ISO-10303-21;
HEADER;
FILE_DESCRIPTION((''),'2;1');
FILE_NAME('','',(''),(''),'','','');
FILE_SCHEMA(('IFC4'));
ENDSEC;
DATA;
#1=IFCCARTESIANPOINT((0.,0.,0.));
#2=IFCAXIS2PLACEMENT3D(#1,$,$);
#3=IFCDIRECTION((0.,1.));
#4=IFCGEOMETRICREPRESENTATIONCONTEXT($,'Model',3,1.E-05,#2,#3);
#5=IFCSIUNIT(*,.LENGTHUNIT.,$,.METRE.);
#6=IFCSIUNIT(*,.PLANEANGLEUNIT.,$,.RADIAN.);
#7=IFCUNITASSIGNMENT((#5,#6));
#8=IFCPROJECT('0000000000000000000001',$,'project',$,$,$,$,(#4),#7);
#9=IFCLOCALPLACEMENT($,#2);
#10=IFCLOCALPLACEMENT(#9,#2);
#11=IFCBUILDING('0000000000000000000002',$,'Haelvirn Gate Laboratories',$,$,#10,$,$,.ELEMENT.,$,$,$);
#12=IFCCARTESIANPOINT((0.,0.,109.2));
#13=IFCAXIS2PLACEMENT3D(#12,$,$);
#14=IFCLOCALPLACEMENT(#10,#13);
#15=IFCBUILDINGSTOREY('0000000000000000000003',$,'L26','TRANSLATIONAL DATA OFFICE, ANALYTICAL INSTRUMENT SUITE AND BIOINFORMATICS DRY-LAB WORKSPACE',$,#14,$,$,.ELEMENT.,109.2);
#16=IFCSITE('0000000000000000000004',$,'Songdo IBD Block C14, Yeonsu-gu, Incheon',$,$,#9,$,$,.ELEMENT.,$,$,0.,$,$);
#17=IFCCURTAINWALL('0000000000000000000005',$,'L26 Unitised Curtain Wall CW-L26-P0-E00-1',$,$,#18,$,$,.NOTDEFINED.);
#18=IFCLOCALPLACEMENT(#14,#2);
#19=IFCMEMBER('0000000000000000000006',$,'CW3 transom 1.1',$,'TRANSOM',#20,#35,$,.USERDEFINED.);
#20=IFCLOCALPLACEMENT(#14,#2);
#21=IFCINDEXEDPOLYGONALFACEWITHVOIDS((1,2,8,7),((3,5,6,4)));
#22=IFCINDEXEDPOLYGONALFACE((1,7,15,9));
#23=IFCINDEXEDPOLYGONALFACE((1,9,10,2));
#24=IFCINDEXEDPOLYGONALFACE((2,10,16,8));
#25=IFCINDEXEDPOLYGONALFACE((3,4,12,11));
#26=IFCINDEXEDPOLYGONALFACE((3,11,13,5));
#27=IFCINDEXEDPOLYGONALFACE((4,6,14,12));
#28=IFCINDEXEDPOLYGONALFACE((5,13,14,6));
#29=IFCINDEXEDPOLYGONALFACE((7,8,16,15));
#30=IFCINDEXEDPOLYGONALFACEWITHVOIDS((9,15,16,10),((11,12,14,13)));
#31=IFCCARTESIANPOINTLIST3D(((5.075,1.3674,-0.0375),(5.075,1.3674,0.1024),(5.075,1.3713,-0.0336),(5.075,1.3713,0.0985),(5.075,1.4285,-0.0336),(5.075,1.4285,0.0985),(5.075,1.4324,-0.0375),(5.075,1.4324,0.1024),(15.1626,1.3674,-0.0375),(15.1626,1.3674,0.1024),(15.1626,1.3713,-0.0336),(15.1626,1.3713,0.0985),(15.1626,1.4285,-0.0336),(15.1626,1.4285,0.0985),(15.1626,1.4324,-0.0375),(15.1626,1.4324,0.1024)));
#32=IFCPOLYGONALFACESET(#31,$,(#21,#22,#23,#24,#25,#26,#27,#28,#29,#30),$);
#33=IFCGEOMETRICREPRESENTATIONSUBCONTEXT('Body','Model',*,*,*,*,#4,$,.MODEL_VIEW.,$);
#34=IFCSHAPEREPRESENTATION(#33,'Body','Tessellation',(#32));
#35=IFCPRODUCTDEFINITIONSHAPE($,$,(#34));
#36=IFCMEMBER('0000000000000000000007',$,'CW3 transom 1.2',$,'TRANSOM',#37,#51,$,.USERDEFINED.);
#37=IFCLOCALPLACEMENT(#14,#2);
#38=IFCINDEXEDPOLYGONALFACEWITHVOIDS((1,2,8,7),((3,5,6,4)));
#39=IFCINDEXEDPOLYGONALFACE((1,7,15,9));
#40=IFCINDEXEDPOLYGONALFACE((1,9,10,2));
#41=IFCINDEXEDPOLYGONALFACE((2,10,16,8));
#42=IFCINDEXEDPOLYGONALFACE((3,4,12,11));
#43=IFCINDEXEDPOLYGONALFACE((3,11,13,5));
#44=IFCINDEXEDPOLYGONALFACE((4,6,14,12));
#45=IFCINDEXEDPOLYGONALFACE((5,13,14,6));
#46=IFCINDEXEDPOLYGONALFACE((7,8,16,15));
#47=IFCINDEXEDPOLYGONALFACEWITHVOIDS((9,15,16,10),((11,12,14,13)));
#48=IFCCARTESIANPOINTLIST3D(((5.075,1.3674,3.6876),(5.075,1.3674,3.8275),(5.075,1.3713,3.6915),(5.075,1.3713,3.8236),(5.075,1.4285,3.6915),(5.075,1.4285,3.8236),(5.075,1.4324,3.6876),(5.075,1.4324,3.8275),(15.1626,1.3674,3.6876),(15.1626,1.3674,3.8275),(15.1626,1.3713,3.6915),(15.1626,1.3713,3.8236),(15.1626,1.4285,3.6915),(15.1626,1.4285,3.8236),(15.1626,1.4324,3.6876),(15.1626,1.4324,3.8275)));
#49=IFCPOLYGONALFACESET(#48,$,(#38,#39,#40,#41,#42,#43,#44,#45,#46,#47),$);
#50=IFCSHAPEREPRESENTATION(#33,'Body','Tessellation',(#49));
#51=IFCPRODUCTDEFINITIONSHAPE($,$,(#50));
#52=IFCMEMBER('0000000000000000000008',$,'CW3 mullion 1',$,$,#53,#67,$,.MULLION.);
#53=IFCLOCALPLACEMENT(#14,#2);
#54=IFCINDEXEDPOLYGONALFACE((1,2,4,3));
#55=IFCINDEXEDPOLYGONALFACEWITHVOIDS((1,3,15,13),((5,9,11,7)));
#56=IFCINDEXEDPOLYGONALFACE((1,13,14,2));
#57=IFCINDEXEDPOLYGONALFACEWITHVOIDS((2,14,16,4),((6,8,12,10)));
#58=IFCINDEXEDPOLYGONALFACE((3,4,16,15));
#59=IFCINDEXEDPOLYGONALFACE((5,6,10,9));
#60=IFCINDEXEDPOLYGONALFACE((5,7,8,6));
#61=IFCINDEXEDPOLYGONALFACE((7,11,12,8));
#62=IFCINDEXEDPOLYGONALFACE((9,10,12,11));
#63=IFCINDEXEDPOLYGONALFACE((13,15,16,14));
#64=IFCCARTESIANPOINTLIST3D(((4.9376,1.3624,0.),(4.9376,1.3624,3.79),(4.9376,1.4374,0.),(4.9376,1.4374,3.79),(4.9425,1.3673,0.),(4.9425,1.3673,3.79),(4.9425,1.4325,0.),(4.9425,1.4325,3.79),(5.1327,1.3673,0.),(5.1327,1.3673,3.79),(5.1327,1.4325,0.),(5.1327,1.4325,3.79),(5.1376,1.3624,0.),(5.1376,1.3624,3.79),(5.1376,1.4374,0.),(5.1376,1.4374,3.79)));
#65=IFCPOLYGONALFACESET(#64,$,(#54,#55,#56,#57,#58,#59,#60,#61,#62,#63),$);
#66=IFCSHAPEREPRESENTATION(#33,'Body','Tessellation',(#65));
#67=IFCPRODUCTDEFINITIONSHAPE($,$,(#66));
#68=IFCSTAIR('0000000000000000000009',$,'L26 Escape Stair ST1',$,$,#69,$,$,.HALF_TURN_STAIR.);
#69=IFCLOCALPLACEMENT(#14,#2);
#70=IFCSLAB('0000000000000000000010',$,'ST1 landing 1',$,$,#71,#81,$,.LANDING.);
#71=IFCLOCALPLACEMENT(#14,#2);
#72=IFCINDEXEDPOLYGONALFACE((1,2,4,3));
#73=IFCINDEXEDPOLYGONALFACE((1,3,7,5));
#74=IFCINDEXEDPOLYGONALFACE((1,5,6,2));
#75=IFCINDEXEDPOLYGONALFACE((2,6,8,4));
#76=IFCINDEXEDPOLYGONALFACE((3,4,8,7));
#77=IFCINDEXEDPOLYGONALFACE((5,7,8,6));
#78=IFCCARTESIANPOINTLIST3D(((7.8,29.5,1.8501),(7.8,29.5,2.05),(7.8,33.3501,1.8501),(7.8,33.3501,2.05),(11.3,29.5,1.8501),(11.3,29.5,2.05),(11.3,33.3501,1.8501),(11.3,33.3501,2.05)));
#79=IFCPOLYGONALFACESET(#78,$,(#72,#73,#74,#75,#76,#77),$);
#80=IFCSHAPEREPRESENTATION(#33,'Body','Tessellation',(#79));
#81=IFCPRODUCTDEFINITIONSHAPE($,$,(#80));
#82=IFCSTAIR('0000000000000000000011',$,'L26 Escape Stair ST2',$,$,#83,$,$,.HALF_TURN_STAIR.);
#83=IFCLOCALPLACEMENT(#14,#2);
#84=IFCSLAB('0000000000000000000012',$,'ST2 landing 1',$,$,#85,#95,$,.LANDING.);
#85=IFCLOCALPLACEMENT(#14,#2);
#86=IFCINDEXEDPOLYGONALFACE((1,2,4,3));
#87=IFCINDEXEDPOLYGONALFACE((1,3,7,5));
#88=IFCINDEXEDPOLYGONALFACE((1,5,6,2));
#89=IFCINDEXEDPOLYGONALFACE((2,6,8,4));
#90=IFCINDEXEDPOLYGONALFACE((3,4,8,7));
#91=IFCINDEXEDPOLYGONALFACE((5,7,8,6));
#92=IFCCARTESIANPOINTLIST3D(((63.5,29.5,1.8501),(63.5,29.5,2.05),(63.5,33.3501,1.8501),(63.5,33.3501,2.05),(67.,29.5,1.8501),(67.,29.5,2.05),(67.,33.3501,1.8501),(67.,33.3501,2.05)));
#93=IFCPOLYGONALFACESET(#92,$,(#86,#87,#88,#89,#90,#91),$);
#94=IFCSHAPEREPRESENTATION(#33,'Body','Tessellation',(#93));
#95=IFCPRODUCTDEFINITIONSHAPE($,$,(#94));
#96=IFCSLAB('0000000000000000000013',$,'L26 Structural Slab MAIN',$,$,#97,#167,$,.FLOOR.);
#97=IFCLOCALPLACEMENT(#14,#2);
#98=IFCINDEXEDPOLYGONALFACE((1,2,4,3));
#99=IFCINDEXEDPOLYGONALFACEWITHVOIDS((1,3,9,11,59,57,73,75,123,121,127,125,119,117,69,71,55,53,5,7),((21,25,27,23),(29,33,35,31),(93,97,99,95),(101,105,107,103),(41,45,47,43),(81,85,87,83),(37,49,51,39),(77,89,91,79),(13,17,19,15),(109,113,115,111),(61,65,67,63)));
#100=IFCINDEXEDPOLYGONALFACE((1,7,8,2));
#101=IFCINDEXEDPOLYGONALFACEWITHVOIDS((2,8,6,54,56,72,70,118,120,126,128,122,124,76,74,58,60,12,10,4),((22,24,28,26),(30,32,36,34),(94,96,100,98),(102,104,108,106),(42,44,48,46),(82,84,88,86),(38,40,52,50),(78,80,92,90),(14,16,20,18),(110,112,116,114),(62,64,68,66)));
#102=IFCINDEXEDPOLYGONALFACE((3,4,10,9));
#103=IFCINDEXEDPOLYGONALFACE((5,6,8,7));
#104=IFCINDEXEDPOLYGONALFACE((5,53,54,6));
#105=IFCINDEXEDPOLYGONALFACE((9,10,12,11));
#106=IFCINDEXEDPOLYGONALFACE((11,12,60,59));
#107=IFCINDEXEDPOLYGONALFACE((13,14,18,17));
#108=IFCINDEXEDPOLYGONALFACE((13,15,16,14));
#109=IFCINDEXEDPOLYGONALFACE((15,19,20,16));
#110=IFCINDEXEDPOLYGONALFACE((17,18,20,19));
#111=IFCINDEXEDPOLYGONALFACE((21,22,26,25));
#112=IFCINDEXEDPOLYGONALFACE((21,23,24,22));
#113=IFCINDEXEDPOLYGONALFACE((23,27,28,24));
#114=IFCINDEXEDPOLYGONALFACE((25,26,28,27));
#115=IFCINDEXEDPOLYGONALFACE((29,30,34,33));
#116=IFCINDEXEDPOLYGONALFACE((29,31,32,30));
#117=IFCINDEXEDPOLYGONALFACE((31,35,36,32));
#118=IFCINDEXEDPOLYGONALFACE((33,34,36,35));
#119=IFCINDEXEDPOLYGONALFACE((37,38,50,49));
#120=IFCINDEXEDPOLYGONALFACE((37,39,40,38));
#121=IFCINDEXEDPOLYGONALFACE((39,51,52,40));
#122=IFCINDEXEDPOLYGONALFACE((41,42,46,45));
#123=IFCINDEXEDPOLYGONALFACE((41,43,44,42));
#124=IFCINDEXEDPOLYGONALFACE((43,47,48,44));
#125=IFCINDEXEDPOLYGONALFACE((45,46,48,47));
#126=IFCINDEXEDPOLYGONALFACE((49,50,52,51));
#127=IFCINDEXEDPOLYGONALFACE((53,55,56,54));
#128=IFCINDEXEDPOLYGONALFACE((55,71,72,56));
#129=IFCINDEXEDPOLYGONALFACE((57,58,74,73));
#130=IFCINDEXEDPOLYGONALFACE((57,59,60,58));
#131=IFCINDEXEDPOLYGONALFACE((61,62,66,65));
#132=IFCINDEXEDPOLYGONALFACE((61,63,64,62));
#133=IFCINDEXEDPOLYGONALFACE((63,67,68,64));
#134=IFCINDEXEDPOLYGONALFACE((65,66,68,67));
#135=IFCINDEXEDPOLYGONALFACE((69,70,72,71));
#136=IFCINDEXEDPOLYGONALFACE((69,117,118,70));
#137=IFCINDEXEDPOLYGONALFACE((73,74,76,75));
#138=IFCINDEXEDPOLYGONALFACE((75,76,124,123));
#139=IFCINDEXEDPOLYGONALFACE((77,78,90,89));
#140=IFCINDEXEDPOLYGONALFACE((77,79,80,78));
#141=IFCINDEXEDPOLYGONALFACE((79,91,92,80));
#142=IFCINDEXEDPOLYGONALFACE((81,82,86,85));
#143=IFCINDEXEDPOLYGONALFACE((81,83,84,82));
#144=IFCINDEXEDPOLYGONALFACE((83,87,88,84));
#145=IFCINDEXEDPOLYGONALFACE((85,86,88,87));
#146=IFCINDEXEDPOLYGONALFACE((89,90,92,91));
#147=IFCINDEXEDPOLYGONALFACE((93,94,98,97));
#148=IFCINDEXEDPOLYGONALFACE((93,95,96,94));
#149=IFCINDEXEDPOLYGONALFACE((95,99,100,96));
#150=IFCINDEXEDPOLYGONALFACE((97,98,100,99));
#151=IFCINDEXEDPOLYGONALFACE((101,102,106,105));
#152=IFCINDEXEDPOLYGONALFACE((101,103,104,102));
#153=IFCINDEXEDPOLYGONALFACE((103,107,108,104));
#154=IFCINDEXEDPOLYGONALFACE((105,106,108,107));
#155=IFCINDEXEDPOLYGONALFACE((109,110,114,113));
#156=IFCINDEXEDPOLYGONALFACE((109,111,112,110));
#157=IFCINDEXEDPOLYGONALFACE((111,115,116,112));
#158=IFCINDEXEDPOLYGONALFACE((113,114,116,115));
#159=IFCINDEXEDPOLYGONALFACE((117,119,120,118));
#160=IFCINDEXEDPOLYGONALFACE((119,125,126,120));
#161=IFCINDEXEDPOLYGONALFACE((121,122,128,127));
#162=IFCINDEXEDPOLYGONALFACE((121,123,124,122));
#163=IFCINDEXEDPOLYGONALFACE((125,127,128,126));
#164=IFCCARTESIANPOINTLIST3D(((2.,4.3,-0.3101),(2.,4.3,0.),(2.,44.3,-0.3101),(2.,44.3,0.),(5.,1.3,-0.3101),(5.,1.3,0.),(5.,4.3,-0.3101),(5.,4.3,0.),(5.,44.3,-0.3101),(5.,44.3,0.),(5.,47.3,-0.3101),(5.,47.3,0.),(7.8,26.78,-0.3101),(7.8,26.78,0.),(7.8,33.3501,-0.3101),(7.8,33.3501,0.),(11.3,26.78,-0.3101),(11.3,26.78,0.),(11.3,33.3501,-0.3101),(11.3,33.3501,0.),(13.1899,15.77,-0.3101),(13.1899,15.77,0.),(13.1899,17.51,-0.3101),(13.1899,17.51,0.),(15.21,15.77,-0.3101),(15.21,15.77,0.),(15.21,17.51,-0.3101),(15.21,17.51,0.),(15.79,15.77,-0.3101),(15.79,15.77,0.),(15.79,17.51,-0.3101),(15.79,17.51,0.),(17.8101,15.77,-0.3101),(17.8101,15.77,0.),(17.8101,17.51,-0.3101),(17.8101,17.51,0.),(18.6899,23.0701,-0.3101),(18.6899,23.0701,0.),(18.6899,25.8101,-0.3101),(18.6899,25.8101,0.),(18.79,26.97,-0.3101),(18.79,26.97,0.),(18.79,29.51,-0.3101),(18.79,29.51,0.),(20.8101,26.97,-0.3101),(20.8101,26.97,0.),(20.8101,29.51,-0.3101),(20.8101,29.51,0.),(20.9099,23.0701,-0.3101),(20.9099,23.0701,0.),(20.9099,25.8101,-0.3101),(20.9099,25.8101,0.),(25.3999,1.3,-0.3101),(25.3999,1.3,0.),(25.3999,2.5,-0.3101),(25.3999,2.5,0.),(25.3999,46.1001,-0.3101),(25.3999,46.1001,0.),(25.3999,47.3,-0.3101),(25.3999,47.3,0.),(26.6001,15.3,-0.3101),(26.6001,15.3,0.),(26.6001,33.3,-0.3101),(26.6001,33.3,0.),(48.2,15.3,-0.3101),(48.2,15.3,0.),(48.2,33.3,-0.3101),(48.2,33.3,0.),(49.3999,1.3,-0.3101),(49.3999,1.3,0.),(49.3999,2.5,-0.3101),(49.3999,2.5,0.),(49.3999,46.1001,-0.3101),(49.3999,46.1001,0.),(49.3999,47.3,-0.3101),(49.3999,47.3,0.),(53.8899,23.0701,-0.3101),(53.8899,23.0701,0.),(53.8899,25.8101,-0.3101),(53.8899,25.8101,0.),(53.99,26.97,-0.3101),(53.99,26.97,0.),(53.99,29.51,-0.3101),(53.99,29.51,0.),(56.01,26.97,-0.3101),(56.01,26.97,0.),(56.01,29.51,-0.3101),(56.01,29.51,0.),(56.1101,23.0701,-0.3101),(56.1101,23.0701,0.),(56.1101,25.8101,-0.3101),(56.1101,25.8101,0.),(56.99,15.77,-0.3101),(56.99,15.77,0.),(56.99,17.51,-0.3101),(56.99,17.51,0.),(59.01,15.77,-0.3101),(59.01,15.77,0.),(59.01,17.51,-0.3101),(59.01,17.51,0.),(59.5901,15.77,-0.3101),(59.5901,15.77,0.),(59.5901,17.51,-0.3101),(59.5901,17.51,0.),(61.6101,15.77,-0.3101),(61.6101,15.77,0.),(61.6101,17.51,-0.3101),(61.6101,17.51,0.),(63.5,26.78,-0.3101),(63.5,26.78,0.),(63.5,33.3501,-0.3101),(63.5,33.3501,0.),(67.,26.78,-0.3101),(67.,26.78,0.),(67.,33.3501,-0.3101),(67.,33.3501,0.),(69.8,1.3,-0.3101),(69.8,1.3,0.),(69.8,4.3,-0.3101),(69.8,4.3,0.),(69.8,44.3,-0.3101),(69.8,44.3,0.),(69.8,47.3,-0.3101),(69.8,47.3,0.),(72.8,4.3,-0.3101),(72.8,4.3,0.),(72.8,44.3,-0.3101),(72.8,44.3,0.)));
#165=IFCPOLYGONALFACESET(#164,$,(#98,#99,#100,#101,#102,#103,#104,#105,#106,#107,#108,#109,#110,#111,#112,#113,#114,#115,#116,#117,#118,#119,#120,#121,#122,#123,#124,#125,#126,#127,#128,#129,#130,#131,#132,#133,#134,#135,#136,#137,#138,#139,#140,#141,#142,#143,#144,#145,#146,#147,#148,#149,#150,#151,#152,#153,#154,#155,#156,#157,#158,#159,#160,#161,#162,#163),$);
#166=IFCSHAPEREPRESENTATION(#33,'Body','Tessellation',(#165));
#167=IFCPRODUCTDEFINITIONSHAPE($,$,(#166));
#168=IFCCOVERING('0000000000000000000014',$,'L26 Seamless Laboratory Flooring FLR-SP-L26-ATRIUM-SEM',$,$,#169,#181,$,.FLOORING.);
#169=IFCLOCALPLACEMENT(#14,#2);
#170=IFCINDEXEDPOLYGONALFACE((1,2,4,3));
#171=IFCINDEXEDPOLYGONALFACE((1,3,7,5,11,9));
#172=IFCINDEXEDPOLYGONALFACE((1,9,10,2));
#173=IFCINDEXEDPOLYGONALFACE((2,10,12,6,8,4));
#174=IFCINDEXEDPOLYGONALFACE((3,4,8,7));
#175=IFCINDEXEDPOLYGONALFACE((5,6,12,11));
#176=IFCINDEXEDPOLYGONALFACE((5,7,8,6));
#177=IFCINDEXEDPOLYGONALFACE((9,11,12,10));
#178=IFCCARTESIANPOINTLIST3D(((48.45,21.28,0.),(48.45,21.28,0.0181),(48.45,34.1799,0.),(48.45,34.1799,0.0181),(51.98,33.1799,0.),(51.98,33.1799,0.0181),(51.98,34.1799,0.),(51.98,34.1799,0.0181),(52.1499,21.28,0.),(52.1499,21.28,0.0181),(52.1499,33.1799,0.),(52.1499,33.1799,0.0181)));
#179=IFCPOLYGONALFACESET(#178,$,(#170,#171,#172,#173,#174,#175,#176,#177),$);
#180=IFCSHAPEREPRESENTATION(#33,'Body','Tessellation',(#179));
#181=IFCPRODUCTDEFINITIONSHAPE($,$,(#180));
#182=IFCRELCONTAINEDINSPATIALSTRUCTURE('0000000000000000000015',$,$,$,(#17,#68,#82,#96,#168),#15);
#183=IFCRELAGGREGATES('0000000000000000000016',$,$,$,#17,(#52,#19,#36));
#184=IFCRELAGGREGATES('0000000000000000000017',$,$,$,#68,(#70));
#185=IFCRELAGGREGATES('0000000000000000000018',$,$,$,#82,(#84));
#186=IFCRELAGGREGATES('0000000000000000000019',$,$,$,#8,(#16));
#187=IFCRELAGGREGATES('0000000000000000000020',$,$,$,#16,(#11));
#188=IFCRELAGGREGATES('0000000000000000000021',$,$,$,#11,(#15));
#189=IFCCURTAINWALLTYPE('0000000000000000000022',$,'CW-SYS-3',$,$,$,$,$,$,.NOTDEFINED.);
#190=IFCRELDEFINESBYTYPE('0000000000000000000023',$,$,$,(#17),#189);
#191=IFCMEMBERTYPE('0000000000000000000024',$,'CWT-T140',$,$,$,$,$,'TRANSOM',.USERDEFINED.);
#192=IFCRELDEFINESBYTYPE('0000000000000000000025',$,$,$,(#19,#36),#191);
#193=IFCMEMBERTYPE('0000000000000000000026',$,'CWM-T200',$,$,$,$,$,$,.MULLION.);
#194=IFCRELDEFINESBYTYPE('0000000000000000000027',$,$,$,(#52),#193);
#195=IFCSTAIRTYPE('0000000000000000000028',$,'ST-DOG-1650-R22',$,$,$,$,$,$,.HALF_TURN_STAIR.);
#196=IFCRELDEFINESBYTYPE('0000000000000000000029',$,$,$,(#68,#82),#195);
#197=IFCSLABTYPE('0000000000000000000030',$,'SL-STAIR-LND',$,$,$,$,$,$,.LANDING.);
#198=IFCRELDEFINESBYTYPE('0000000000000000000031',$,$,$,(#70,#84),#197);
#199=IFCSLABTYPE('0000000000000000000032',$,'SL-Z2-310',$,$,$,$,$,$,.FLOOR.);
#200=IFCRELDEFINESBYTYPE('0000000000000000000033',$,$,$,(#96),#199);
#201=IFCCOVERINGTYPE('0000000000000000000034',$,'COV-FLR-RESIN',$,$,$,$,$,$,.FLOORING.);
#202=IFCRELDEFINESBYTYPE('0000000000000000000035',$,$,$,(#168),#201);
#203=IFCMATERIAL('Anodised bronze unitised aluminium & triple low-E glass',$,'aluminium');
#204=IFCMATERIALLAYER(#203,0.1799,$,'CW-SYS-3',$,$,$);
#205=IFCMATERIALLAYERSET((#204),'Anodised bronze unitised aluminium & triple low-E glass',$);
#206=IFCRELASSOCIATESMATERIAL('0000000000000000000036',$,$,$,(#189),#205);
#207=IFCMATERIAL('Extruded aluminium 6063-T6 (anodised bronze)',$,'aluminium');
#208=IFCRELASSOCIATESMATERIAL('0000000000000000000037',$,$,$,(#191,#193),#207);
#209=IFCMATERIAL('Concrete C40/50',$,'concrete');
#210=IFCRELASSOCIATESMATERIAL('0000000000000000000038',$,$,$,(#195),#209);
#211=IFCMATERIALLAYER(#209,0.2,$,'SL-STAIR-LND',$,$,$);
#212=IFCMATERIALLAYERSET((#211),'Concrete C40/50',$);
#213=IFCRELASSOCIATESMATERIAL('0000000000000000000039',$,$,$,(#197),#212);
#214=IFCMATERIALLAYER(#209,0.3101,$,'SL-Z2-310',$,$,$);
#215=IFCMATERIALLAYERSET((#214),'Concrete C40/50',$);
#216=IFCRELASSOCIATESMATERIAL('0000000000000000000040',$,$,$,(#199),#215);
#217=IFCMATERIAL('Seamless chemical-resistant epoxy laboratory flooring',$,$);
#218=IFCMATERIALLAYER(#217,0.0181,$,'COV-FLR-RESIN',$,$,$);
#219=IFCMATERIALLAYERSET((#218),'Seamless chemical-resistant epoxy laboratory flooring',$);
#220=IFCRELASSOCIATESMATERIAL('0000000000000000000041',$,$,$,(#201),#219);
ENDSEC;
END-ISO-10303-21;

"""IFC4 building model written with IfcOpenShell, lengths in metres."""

from ifc_helpers import new_model, si_unit, direction, frame, origin, origin_2d, place, context, subcontext, project, spatial, polyline, hollow_rectangle, outline, extrude, source, transform, mapped, material, layer, layer_set, material_profile, profile_set, type_object, type_shapes, element, aggregate, save


model = new_model("IFC4")

# Units and contexts
model_context = context("Model", 3, precision=1e-05, world=origin(), true_north=direction((0.0, 1.0)))
body_context = subcontext(model_context, "Body", "Model", "MODEL_VIEW")
ifc_project = project(units=[si_unit("LENGTHUNIT", "METRE"), si_unit("PLANEANGLEUNIT", "RADIAN")], contexts=[model_context])

# Site, building, storey
site_placement = place(None, origin())
site = spatial("IfcSite", under=ifc_project, at=site_placement, Name="Songdo IBD Block C14, Yeonsu-gu, Incheon", CompositionType="ELEMENT", RefElevation=0.0)
building_placement = place(site_placement, origin())
building = spatial("IfcBuilding", under=site, at=building_placement, Name="Haelvirn Gate Laboratories", CompositionType="ELEMENT")
storey_placement = place(building_placement, frame((0.0, 0.0, 109.2)))
storey = spatial("IfcBuildingStorey", under=building, at=storey_placement, Name="L26", Description="TRANSLATIONAL DATA OFFICE, ANALYTICAL INSTRUMENT SUITE AND BIOINFORMATICS DRY-LAB WORKSPACE", CompositionType="ELEMENT", Elevation=109.2)

# Curtain wall, members
ifc_material_1 = material(Name="Anodised bronze unitised aluminium & triple low-E glass", Category="aluminium")
ifc_layer_1 = layer(ifc_material_1, 0.1799, Name="CW-SYS-3")
ifc_layer_set_1 = layer_set([ifc_layer_1], Name="Anodised bronze unitised aluminium & triple low-E glass")
curtain_wall_type = type_object("IfcCurtainWallType", Name="CW-SYS-3", PredefinedType="NOTDEFINED", material=ifc_layer_set_1)
curtain_wall_placement = place(storey_placement, origin())
curtain_wall = element("IfcCurtainWall", 1, at=curtain_wall_placement, inside=storey, type_object=curtain_wall_type, Name="L26 Unitised Curtain Wall CW-L26-P0-E00-1", PredefinedType="NOTDEFINED")
ifc_material_2 = material(Name="Extruded aluminium 6063-T6 (anodised bronze)", Category="aluminium")
ifc_material_profile_1 = material_profile(ifc_material_2, hollow_rectangle(XDim=0.0649, YDim=0.1399, WallThickness=0.0039, at=origin_2d()), Name="CWT-140x65x4")
ifc_profile_set_1 = profile_set([ifc_material_profile_1], Name="Extruded aluminium 6063-T6 (anodised bronze)")
member_type_1 = type_object("IfcMemberType", Name="CWT-T140", ElementType="TRANSOM", PredefinedType="USERDEFINED", material=ifc_profile_set_1)
shared_shape_1 = source(origin(), body_context, "Body", "SweptSolid", [
    extrude(hollow_rectangle(XDim=0.0649, YDim=0.1399, WallThickness=0.0039, at=origin_2d()), origin(), (0.0, 0.0, 1.0), 10.0876),
])
type_shapes(member_type_1, [shared_shape_1])
member_1_placement = place(storey_placement, frame((5.075, 1.3999, 0.0325), z_axis=(1.0, 0.0, 0.0), x_axis=(0.0, 1.0, 0.0)))
member_1 = element("IfcMember", 2, at=member_1_placement, type_object=member_type_1, Name="CW3 transom 1.1", ObjectType="TRANSOM", PredefinedType="USERDEFINED", context=body_context, shape_type="MappedRepresentation", body=[
    mapped(shared_shape_1, transform((0.0, 0.0, 0.0), scale=1.0)),
])
member_2_placement = place(storey_placement, frame((5.075, 1.3999, 3.7576), z_axis=(1.0, 0.0, 0.0), x_axis=(0.0, 1.0, 0.0)))
member_2 = element("IfcMember", 3, at=member_2_placement, type_object=member_type_1, Name="CW3 transom 1.2", ObjectType="TRANSOM", PredefinedType="USERDEFINED", context=body_context, shape_type="MappedRepresentation", body=[
    mapped(shared_shape_1, transform((0.0, 0.0, 0.0), scale=1.0)),
])
ifc_material_profile_2 = material_profile(ifc_material_2, hollow_rectangle(XDim=0.075, YDim=0.2, WallThickness=0.0049, at=origin_2d()), Name="CWM-200x75x5")
ifc_profile_set_2 = profile_set([ifc_material_profile_2], Name="Extruded aluminium 6063-T6 (anodised bronze)")
member_type_2 = type_object("IfcMemberType", Name="CWM-T200", PredefinedType="MULLION", material=ifc_profile_set_2)
shared_shape_2 = source(origin(), body_context, "Body", "SweptSolid", [
    extrude(hollow_rectangle(XDim=0.075, YDim=0.2, WallThickness=0.0049, at=origin_2d()), origin(), (0.0, 0.0, 1.0), 3.79),
])
type_shapes(member_type_2, [shared_shape_2])
member_3_placement = place(storey_placement, frame((5.0376, 1.3999, 0.0), z_axis=(0.0, 0.0, 1.0), x_axis=(0.0, 1.0, 0.0)))
member_3 = element("IfcMember", 4, at=member_3_placement, type_object=member_type_2, Name="CW3 mullion 1", PredefinedType="MULLION", context=body_context, shape_type="MappedRepresentation", body=[
    mapped(shared_shape_2, transform((0.0, 0.0, 0.0), scale=1.0)),
])
aggregate(curtain_wall, [member_3, member_1, member_2])

# Stairs, slabs
ifc_material_3 = material(Name="Concrete C40/50", Category="concrete")
stair_type = type_object("IfcStairType", Name="ST-DOG-1650-R22", PredefinedType="HALF_TURN_STAIR", material=ifc_material_3)
stair_1_placement = place(storey_placement, origin())
stair_1 = element("IfcStair", 5, at=stair_1_placement, inside=storey, type_object=stair_type, Name="L26 Escape Stair ST1", PredefinedType="HALF_TURN_STAIR")
ifc_layer_2 = layer(ifc_material_3, 0.2, Name="SL-STAIR-LND")
ifc_layer_set_2 = layer_set([ifc_layer_2], Name="Concrete C40/50")
slab_type_1 = type_object("IfcSlabType", Name="SL-STAIR-LND", PredefinedType="LANDING", material=ifc_layer_set_2)
slab_1_placement = place(storey_placement, frame((0.0, 0.0, 1.8501)))
slab_1 = element("IfcSlab", 6, at=slab_1_placement, type_object=slab_type_1, Name="ST1 landing 1", PredefinedType="LANDING", context=body_context, shape_type="SweptSolid", body=[
    extrude(outline(polyline([(11.3, 29.5), (11.3, 33.3501), (7.8, 33.3501), (7.8, 29.5), (11.3, 29.5)])), origin(), (0.0, 0.0, 1.0), 0.2),
])
aggregate(stair_1, [slab_1])
stair_2_placement = place(storey_placement, origin())
stair_2 = element("IfcStair", 7, at=stair_2_placement, inside=storey, type_object=stair_type, Name="L26 Escape Stair ST2", PredefinedType="HALF_TURN_STAIR")
slab_2_placement = place(storey_placement, frame((0.0, 0.0, 1.8501)))
slab_2 = element("IfcSlab", 8, at=slab_2_placement, type_object=slab_type_1, Name="ST2 landing 1", PredefinedType="LANDING", context=body_context, shape_type="SweptSolid", body=[
    extrude(outline(polyline([(67.0, 29.5), (67.0, 33.3501), (63.5, 33.3501), (63.5, 29.5), (67.0, 29.5)])), origin(), (0.0, 0.0, 1.0), 0.2),
])
aggregate(stair_2, [slab_2])

# Slab
ifc_layer_3 = layer(ifc_material_3, 0.3101, Name="SL-Z2-310")
ifc_layer_set_3 = layer_set([ifc_layer_3], Name="Concrete C40/50")
slab_type_2 = type_object("IfcSlabType", Name="SL-Z2-310", PredefinedType="FLOOR", material=ifc_layer_set_3)
slab_3_placement = place(storey_placement, frame((0.0, 0.0, -0.3101)))
element("IfcSlab", 9, at=slab_3_placement, inside=storey, type_object=slab_type_2, Name="L26 Structural Slab MAIN", PredefinedType="FLOOR", context=body_context, shape_type="SweptSolid", body=[
    extrude(outline(polyline([(5.0, 1.3), (25.3999, 1.3), (25.3999, 2.5), (49.3999, 2.5), (49.3999, 1.3), (69.8, 1.3), (69.8, 4.3), (72.8, 4.3), (72.8, 44.3), (69.8, 44.3), (69.8, 47.3), (49.3999, 47.3), (49.3999, 46.1001), (25.3999, 46.1001), (25.3999, 47.3), (5.0, 47.3), (5.0, 44.3), (2.0, 44.3), (2.0, 4.3), (5.0, 4.3), (5.0, 1.3)]), holes=[polyline([(26.6001, 15.3), (48.2, 15.3), (48.2, 33.3), (26.6001, 33.3), (26.6001, 15.3)]), polyline([(11.3, 26.78), (11.3, 33.3501), (7.8, 33.3501), (7.8, 26.78), (11.3, 26.78)]), polyline([(67.0, 26.78), (67.0, 33.3501), (63.5, 33.3501), (63.5, 26.78), (67.0, 26.78)]), polyline([(13.1899, 15.77), (15.21, 15.77), (15.21, 17.51), (13.1899, 17.51), (13.1899, 15.77)]), polyline([(15.79, 15.77), (17.8101, 15.77), (17.8101, 17.51), (15.79, 17.51), (15.79, 15.77)]), polyline([(18.79, 26.97), (20.8101, 26.97), (20.8101, 29.51), (18.79, 29.51), (18.79, 26.97)]), polyline([(18.6899, 23.0701), (20.9099, 23.0701), (20.9099, 25.8101), (18.6899, 25.8101), (18.6899, 23.0701)]), polyline([(59.5901, 15.77), (61.6101, 15.77), (61.6101, 17.51), (59.5901, 17.51), (59.5901, 15.77)]), polyline([(56.99, 15.77), (59.01, 15.77), (59.01, 17.51), (56.99, 17.51), (56.99, 15.77)]), polyline([(53.99, 26.97), (56.01, 26.97), (56.01, 29.51), (53.99, 29.51), (53.99, 26.97)]), polyline([(53.8899, 23.0701), (56.1101, 23.0701), (56.1101, 25.8101), (53.8899, 25.8101), (53.8899, 23.0701)])]), origin(), (0.0, 0.0, 1.0), 0.3101),
])

# Covering
ifc_material_4 = material(Name="Seamless chemical-resistant epoxy laboratory flooring")
ifc_layer_4 = layer(ifc_material_4, 0.0181, Name="COV-FLR-RESIN")
ifc_layer_set_4 = layer_set([ifc_layer_4], Name="Seamless chemical-resistant epoxy laboratory flooring")
covering_type = type_object("IfcCoveringType", Name="COV-FLR-RESIN", PredefinedType="FLOORING", material=ifc_layer_set_4)
covering_1_placement = place(storey_placement, origin())
element("IfcCovering", 10, at=covering_1_placement, inside=storey, type_object=covering_type, Name="L26 Seamless Laboratory Flooring FLR-SP-L26-ATRIUM-SEM", PredefinedType="FLOORING", context=body_context, shape_type="SweptSolid", body=[
    extrude(outline(polyline([(51.98, 34.1799), (51.98, 33.1799), (52.1499, 33.1799), (52.1499, 21.28), (48.45, 21.28), (48.45, 34.1799), (51.98, 34.1799)])), origin(), (0.0, 0.0, 1.0), 0.0181),
])

save(model, "model.ifc")
